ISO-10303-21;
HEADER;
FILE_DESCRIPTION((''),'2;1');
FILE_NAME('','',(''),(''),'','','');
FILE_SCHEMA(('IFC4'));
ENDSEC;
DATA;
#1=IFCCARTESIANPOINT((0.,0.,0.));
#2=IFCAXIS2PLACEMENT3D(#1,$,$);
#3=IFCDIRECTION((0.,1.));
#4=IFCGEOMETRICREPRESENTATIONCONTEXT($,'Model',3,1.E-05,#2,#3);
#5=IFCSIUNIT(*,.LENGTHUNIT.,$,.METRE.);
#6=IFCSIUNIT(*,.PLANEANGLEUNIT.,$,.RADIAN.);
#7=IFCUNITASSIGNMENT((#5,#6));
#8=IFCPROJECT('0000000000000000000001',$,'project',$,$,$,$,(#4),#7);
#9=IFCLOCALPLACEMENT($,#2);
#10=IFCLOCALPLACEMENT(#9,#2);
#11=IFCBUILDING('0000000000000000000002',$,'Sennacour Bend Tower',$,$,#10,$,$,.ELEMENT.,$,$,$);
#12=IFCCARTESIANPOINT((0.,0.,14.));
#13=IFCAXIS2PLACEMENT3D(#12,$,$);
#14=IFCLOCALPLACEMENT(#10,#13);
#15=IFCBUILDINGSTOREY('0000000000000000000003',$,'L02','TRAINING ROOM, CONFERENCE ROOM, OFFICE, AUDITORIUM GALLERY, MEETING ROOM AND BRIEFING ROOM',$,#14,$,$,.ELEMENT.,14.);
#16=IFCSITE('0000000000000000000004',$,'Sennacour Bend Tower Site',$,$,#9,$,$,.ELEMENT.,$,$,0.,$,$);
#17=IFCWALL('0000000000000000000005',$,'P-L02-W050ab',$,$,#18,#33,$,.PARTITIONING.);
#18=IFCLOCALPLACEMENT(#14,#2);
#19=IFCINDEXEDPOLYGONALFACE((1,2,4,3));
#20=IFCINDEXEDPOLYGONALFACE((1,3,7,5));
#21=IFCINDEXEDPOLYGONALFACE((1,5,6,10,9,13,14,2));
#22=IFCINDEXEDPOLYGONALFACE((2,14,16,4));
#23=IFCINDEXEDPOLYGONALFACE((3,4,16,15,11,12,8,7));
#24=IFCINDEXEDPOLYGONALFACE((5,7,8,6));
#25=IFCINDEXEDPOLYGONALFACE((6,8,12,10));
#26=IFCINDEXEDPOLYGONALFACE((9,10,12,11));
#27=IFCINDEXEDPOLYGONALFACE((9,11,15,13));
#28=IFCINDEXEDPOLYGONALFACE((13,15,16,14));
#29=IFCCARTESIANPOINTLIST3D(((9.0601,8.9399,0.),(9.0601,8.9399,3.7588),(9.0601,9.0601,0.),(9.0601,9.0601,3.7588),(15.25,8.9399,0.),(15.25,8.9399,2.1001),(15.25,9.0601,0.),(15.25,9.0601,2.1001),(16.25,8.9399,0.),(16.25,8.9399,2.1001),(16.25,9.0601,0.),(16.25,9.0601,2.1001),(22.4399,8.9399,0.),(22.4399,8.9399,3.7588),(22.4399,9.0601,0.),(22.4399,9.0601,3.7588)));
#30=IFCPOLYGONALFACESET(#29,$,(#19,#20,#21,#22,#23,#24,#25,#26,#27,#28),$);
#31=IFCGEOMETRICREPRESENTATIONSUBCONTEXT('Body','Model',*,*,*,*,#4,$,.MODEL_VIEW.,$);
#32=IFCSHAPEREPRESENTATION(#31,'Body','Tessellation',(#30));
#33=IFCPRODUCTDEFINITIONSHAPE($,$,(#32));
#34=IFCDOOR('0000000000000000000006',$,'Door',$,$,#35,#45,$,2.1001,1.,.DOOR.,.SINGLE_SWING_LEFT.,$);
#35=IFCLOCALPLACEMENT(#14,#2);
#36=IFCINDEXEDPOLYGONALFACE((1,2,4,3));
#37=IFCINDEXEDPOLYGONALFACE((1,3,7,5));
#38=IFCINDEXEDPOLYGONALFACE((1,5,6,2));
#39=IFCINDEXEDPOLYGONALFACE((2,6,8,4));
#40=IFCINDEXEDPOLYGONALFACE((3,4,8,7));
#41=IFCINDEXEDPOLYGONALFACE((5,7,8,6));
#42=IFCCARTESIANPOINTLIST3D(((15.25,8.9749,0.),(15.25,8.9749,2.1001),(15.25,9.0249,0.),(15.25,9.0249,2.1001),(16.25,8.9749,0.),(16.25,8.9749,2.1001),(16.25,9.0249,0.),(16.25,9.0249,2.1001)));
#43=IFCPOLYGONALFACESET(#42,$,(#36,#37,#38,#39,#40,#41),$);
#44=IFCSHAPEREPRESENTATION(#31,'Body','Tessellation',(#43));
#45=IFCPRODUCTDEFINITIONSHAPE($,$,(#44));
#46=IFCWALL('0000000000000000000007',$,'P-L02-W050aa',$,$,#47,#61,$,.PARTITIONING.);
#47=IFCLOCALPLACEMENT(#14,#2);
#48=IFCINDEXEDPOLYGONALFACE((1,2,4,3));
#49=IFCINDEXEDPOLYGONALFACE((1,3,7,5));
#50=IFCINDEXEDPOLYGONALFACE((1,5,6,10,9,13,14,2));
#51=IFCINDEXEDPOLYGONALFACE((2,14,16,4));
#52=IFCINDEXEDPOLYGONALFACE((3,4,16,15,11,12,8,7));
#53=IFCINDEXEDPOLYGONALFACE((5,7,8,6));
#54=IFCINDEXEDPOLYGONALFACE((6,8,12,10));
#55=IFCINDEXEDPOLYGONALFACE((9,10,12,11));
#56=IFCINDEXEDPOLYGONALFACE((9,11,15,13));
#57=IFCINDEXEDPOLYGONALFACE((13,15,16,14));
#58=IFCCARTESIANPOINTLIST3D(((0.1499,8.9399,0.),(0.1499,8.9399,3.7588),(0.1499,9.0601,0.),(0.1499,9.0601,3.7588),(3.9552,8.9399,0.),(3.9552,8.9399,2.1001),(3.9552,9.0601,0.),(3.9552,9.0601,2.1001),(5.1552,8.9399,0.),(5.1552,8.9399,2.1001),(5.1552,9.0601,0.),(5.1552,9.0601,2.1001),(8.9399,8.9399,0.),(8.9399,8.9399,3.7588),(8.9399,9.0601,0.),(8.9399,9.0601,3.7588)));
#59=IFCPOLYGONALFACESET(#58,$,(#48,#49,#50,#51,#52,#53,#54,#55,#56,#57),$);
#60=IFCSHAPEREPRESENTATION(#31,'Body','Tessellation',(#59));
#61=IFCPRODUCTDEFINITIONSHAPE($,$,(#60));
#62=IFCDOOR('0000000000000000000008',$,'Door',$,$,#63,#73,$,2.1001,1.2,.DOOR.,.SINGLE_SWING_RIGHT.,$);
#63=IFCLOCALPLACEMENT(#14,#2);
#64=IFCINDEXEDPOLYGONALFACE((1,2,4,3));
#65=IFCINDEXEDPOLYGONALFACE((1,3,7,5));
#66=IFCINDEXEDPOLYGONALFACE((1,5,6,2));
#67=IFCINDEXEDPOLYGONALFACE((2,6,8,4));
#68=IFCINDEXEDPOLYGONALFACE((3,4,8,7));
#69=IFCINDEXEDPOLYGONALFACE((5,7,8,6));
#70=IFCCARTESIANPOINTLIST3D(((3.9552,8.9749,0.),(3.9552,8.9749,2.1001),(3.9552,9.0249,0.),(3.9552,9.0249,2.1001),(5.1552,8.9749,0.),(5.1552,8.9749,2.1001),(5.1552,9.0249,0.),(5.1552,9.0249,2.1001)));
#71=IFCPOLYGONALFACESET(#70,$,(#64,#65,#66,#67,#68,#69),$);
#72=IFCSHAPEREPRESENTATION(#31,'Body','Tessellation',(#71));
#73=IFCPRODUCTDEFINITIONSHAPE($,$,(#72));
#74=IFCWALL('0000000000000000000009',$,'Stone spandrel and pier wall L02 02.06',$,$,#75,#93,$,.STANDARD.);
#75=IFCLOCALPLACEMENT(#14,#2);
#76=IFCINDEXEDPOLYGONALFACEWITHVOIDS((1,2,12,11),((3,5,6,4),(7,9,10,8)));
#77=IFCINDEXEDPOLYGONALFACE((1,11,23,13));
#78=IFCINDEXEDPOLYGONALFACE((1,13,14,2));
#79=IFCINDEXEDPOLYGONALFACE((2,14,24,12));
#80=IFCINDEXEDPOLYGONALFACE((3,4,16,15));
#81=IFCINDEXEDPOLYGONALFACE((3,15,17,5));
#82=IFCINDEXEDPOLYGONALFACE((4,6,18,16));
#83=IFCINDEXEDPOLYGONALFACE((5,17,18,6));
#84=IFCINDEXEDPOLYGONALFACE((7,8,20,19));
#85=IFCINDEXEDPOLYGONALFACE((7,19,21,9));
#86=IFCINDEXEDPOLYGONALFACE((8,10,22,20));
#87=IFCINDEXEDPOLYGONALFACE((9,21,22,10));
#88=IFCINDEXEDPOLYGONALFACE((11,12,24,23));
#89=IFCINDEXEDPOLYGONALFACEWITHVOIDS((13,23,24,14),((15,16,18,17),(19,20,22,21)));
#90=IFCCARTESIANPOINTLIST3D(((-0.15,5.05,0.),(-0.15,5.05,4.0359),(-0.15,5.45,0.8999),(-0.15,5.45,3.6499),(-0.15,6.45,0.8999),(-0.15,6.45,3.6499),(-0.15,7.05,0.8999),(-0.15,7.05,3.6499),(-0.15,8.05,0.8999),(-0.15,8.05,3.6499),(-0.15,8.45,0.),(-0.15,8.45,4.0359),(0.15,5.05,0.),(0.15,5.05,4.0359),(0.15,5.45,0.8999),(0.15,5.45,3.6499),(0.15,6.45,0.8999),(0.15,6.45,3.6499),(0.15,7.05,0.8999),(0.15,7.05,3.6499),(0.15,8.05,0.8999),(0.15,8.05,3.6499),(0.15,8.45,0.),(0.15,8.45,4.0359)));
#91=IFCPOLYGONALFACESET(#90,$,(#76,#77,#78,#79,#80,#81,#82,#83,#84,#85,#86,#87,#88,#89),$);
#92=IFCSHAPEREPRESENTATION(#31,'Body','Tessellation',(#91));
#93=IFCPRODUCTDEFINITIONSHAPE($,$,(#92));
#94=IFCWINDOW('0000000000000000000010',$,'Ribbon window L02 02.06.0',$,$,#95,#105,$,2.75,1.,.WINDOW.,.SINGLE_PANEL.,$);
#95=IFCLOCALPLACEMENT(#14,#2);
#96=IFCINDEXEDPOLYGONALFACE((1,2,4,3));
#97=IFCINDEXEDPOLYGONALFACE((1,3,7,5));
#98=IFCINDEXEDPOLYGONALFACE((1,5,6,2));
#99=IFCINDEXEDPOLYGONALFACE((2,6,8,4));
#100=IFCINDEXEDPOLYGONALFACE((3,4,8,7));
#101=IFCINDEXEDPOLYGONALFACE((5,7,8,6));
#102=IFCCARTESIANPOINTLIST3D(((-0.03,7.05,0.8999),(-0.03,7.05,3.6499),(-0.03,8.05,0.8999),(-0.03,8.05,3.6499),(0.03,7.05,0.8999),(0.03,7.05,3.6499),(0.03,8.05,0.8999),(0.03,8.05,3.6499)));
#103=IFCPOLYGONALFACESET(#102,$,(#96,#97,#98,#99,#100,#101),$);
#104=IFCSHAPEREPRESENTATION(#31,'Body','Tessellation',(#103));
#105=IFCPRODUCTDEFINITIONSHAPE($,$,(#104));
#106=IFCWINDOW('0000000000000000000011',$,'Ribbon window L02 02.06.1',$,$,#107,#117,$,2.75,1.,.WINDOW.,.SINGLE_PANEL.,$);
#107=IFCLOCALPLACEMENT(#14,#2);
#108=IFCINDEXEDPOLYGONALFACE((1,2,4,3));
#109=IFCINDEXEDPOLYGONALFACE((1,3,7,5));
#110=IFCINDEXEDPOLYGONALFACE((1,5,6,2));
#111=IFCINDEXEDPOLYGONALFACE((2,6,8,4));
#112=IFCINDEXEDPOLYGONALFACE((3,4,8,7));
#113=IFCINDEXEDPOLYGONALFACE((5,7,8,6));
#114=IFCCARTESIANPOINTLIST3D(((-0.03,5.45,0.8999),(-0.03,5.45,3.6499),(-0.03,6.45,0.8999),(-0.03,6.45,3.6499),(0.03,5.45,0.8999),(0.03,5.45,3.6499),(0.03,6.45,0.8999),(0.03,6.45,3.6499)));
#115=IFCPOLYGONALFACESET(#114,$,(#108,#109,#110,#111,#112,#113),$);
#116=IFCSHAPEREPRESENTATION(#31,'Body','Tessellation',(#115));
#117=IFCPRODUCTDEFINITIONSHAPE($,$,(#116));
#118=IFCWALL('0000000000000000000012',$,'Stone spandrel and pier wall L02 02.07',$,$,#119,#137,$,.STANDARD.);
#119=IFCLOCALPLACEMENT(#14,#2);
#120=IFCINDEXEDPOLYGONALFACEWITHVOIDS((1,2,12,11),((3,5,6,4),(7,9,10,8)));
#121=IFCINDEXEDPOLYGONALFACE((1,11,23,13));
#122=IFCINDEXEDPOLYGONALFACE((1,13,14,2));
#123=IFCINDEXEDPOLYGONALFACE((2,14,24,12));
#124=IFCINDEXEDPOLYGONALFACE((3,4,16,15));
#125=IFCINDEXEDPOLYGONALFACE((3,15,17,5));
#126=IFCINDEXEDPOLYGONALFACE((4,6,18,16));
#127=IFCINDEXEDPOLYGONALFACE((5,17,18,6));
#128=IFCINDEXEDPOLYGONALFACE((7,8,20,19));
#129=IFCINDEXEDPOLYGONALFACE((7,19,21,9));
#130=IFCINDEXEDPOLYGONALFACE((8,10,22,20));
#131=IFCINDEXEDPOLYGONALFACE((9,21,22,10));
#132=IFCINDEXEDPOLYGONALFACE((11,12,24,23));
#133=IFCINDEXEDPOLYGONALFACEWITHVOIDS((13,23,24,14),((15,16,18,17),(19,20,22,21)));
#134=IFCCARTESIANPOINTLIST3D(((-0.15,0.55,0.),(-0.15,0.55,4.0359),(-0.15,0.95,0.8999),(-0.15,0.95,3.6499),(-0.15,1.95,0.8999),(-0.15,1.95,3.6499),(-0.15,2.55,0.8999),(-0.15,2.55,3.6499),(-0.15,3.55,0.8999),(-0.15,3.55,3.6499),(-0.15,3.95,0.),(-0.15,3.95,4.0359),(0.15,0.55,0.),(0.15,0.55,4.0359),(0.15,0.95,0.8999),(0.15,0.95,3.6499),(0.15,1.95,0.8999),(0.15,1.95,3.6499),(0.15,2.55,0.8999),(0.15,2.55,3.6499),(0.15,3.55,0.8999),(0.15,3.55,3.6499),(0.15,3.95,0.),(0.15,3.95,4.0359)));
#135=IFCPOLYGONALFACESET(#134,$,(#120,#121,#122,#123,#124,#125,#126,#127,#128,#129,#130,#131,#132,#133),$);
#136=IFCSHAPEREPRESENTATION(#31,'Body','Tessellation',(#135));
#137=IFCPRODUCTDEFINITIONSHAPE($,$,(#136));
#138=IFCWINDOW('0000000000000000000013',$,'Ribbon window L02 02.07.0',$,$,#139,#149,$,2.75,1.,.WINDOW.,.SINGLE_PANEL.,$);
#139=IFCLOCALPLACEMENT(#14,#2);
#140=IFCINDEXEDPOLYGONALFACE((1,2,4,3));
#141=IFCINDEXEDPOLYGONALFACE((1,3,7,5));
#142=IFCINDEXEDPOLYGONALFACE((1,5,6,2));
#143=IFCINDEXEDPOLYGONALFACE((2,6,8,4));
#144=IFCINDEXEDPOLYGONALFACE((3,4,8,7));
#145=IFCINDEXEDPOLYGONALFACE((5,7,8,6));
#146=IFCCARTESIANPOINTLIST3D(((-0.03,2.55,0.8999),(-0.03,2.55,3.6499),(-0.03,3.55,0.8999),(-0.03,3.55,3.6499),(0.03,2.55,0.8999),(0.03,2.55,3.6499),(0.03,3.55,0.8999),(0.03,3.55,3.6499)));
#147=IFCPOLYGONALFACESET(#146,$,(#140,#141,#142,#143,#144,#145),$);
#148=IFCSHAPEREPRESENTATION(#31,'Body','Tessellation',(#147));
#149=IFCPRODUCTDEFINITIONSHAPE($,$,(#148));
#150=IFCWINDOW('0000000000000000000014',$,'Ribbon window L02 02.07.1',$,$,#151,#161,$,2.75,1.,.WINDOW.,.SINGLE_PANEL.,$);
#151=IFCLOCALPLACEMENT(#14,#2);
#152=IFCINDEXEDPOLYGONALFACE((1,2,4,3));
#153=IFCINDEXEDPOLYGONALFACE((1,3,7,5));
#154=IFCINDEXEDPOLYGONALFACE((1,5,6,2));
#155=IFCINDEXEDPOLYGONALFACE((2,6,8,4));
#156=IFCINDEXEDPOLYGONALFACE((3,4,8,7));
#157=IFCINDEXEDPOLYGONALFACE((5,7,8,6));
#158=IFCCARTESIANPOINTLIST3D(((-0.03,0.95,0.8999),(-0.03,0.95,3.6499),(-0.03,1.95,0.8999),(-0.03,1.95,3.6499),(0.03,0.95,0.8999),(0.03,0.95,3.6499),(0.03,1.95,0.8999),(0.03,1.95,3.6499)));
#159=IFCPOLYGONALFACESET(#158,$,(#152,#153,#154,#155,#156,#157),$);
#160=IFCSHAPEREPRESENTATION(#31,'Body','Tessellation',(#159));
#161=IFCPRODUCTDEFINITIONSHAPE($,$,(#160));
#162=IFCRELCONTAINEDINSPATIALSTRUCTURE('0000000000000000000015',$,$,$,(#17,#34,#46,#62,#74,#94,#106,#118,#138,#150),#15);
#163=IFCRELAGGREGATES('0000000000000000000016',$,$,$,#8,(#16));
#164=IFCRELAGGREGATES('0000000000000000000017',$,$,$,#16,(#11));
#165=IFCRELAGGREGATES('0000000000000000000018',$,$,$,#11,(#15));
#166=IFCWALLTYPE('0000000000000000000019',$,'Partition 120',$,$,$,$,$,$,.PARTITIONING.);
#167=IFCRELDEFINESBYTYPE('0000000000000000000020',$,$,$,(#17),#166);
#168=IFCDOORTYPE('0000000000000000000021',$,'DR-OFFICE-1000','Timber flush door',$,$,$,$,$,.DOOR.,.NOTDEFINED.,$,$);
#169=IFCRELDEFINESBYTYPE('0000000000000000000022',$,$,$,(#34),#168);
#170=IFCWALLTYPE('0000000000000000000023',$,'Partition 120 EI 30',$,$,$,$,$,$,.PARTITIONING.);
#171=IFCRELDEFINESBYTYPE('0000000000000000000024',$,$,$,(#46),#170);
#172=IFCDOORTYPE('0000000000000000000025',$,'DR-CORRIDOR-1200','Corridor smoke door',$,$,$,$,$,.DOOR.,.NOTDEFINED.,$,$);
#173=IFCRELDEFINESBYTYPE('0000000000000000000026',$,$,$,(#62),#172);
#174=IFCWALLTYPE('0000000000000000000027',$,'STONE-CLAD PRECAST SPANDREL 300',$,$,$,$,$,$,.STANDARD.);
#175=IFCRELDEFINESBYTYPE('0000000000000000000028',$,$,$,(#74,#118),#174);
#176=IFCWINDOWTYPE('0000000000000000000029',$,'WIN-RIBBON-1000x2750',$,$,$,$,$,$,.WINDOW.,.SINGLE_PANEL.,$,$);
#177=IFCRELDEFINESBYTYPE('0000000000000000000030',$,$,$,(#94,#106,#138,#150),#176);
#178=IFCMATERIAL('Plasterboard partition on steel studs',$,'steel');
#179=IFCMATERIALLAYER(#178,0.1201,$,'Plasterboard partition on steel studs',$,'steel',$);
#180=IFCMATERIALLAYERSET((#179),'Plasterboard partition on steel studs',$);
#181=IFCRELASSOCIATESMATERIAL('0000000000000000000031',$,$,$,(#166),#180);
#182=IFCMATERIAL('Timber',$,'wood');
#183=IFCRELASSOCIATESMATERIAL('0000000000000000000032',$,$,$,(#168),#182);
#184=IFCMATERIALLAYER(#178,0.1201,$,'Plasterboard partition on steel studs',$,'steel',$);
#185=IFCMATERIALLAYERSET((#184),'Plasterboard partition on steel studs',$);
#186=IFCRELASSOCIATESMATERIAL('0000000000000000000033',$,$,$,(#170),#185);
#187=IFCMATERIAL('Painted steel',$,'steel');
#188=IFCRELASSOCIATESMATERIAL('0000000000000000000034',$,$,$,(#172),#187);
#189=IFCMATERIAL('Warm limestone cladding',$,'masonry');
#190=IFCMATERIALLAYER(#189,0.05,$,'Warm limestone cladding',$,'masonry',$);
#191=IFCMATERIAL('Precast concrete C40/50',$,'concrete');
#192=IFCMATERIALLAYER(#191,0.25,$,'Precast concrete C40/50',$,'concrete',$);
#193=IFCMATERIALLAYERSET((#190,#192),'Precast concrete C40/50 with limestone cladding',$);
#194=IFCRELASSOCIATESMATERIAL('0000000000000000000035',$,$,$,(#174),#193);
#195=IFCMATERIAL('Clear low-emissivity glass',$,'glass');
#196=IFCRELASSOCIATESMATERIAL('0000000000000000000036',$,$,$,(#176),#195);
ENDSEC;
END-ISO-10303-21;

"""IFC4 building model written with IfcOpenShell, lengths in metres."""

from ifc_helpers import new_model, si_unit, direction, frame, frame_2d, origin, place, context, subcontext, project, spatial, rectangle, extrude, material, layer, layer_set, type_object, element, fill, save


model = new_model("IFC4")

# Units and contexts
model_context = context("Model", 3, precision=1e-05, world=origin(), true_north=direction((0.0, 1.0)))
body_context = subcontext(model_context, "Body", "Model", "MODEL_VIEW")
ifc_project = project(units=[si_unit("LENGTHUNIT", "METRE"), si_unit("PLANEANGLEUNIT", "RADIAN")], contexts=[model_context])

# Site, building, storey
site_placement = place(None, origin())
site = spatial("IfcSite", under=ifc_project, at=site_placement, Name="Sennacour Bend Tower Site", CompositionType="ELEMENT", RefElevation=0.0)
building_placement = place(site_placement, origin())
building = spatial("IfcBuilding", under=site, at=building_placement, Name="Sennacour Bend Tower", CompositionType="ELEMENT")
storey_placement = place(building_placement, frame((0.0, 0.0, 14.0)))
storey = spatial("IfcBuildingStorey", under=building, at=storey_placement, Name="L02", Description="TRAINING ROOM, CONFERENCE ROOM, OFFICE, AUDITORIUM GALLERY, MEETING ROOM AND BRIEFING ROOM", CompositionType="ELEMENT", Elevation=14.0)

# Shared definitions
ifc_material_1 = material(Name="Plasterboard partition on steel studs", Category="steel")
ifc_layer_1 = layer(ifc_material_1, 0.1201, Name="Plasterboard partition on steel studs", Category="steel")
ifc_layer_set_1 = layer_set([ifc_layer_1], Name="Plasterboard partition on steel studs")
wall_type_1 = type_object("IfcWallType", Name="Partition 120", PredefinedType="PARTITIONING", material=ifc_layer_set_1)

# Walls, openings, doors
wall_1_placement = place(storey_placement, frame((9.0601, 9.0, 0.0), z_axis=(0.0, 0.0, 1.0), x_axis=(1.0, 0.0, 0.0)))
wall_1 = element("IfcWall", 1, at=wall_1_placement, inside=storey, type_object=wall_type_1, Name="P-L02-W050ab", PredefinedType="PARTITIONING", context=body_context, shape_type="SweptSolid", body=[
    extrude(rectangle(XDim=13.3799, YDim=0.1201, at=frame_2d((6.6899, 0.0))), origin(), (0.0, 0.0, 1.0), 3.7588),
])
opening_1_placement = place(wall_1_placement, frame((6.1899, 0.0, 0.0)))
opening_1 = element("IfcOpeningElement", 2, at=opening_1_placement, cuts=wall_1, PredefinedType="OPENING", context=body_context, shape_type="SweptSolid", body=[
    extrude(rectangle(XDim=1.0, YDim=2.1001, at=frame_2d((0.5, 1.05))), frame((0.0, 0.0701, 0.0), z_axis=(0.0, -1.0, 0.0), x_axis=(1.0, 0.0, 0.0)), (0.0, 0.0, 1.0), 0.1401),
])
ifc_material_2 = material(Name="Timber", Category="wood")
door_type_1 = type_object("IfcDoorType", Name="DR-OFFICE-1000", Description="Timber flush door", OperationType="NOTDEFINED", PredefinedType="DOOR", material=ifc_material_2)
door_1_placement = place(opening_1_placement, origin())
door_1 = element("IfcDoor", 3, at=door_1_placement, inside=storey, type_object=door_type_1, Name="Door", OperationType="SINGLE_SWING_LEFT", OverallHeight=2.1001, OverallWidth=1.0, PredefinedType="DOOR", context=body_context, shape_type="SweptSolid", body=[
    extrude(rectangle(XDim=1.0, YDim=2.1001, at=frame_2d((0.5, 1.05))), frame((0.0, 0.0249, 0.0), z_axis=(0.0, -1.0, 0.0), x_axis=(1.0, 0.0, 0.0)), (0.0, 0.0, 1.0), 0.05),
])
fill(opening_1, door_1)
ifc_layer_2 = layer(ifc_material_1, 0.1201, Name="Plasterboard partition on steel studs", Category="steel")
ifc_layer_set_2 = layer_set([ifc_layer_2], Name="Plasterboard partition on steel studs")
wall_type_2 = type_object("IfcWallType", Name="Partition 120 EI 30", PredefinedType="PARTITIONING", material=ifc_layer_set_2)
wall_2_placement = place(storey_placement, frame((0.1499, 9.0, 0.0), z_axis=(0.0, 0.0, 1.0), x_axis=(1.0, 0.0, 0.0)))
wall_2 = element("IfcWall", 4, at=wall_2_placement, inside=storey, type_object=wall_type_2, Name="P-L02-W050aa", PredefinedType="PARTITIONING", context=body_context, shape_type="SweptSolid", body=[
    extrude(rectangle(XDim=8.79, YDim=0.1201, at=frame_2d((4.395, 0.0))), origin(), (0.0, 0.0, 1.0), 3.7588),
])
opening_2_placement = place(wall_2_placement, frame((3.8052, 0.0, 0.0)))
opening_2 = element("IfcOpeningElement", 5, at=opening_2_placement, cuts=wall_2, PredefinedType="OPENING", context=body_context, shape_type="SweptSolid", body=[
    extrude(rectangle(XDim=1.2, YDim=2.1001, at=frame_2d((0.6001, 1.05))), frame((0.0, 0.0701, 0.0), z_axis=(0.0, -1.0, 0.0), x_axis=(1.0, 0.0, 0.0)), (0.0, 0.0, 1.0), 0.1401),
])
ifc_material_3 = material(Name="Painted steel", Category="steel")
door_type_2 = type_object("IfcDoorType", Name="DR-CORRIDOR-1200", Description="Corridor smoke door", OperationType="NOTDEFINED", PredefinedType="DOOR", material=ifc_material_3)
door_2_placement = place(opening_2_placement, origin())
door_2 = element("IfcDoor", 6, at=door_2_placement, inside=storey, type_object=door_type_2, Name="Door", OperationType="SINGLE_SWING_RIGHT", OverallHeight=2.1001, OverallWidth=1.2, PredefinedType="DOOR", context=body_context, shape_type="SweptSolid", body=[
    extrude(rectangle(XDim=1.2, YDim=2.1001, at=frame_2d((0.6001, 1.05))), frame((0.0, 0.0249, 0.0), z_axis=(0.0, -1.0, 0.0), x_axis=(1.0, 0.0, 0.0)), (0.0, 0.0, 1.0), 0.05),
])
fill(opening_2, door_2)

# Walls, openings, windows
ifc_material_4 = material(Name="Warm limestone cladding", Category="masonry")
ifc_layer_3 = layer(ifc_material_4, 0.05, Name="Warm limestone cladding", Category="masonry")
ifc_material_5 = material(Name="Precast concrete C40/50", Category="concrete")
ifc_layer_4 = layer(ifc_material_5, 0.25, Name="Precast concrete C40/50", Category="concrete")
ifc_layer_set_3 = layer_set([ifc_layer_3, ifc_layer_4], Name="Precast concrete C40/50 with limestone cladding")
wall_type_3 = type_object("IfcWallType", Name="STONE-CLAD PRECAST SPANDREL 300", PredefinedType="STANDARD", material=ifc_layer_set_3)
wall_3_placement = place(storey_placement, frame((0.0, 8.45, 0.0), z_axis=(0.0, 0.0, 1.0), x_axis=(0.0, -1.0, 0.0)))
wall_3 = element("IfcWall", 7, at=wall_3_placement, inside=storey, type_object=wall_type_3, Name="Stone spandrel and pier wall L02 02.06", PredefinedType="STANDARD", context=body_context, shape_type="SweptSolid", body=[
    extrude(rectangle(XDim=3.3999, YDim=0.3, at=frame_2d((1.7, 0.0))), origin(), (0.0, 0.0, 1.0), 4.0359),
])
opening_3_placement = place(wall_3_placement, frame((0.3999, 0.0, 0.8999)))
opening_3 = element("IfcOpeningElement", 8, at=opening_3_placement, cuts=wall_3, PredefinedType="OPENING", context=body_context, shape_type="SweptSolid", body=[
    extrude(rectangle(XDim=1.0, YDim=2.75, at=frame_2d((0.5, 1.375))), frame((0.0, 0.1602, 0.0), z_axis=(0.0, -1.0, 0.0), x_axis=(1.0, 0.0, 0.0)), (0.0, 0.0, 1.0), 0.3201),
])
opening_4_placement = place(wall_3_placement, frame((2.0, 0.0, 0.8999)))
opening_4 = element("IfcOpeningElement", 9, at=opening_4_placement, cuts=wall_3, PredefinedType="OPENING", context=body_context, shape_type="SweptSolid", body=[
    extrude(rectangle(XDim=1.0, YDim=2.75, at=frame_2d((0.5, 1.375))), frame((0.0, 0.1602, 0.0), z_axis=(0.0, -1.0, 0.0), x_axis=(1.0, 0.0, 0.0)), (0.0, 0.0, 1.0), 0.3201),
])
ifc_material_6 = material(Name="Clear low-emissivity glass", Category="glass")
window_type = type_object("IfcWindowType", Name="WIN-RIBBON-1000x2750", PartitioningType="SINGLE_PANEL", PredefinedType="WINDOW", material=ifc_material_6)
window_1_placement = place(opening_3_placement, origin())
window_1 = element("IfcWindow", 10, at=window_1_placement, inside=storey, type_object=window_type, Name="Ribbon window L02 02.06.0", OverallHeight=2.75, OverallWidth=1.0, PartitioningType="SINGLE_PANEL", PredefinedType="WINDOW", context=body_context, shape_type="SweptSolid", body=[
    extrude(rectangle(XDim=1.0, YDim=2.75, at=frame_2d((0.5, 1.375))), frame((0.0, 0.03, 0.0), z_axis=(0.0, -1.0, 0.0), x_axis=(1.0, 0.0, 0.0)), (0.0, 0.0, 1.0), 0.0601),
])
fill(opening_3, window_1)
window_2_placement = place(opening_4_placement, origin())
window_2 = element("IfcWindow", 11, at=window_2_placement, inside=storey, type_object=window_type, Name="Ribbon window L02 02.06.1", OverallHeight=2.75, OverallWidth=1.0, PartitioningType="SINGLE_PANEL", PredefinedType="WINDOW", context=body_context, shape_type="SweptSolid", body=[
    extrude(rectangle(XDim=1.0, YDim=2.75, at=frame_2d((0.5, 1.375))), frame((0.0, 0.03, 0.0), z_axis=(0.0, -1.0, 0.0), x_axis=(1.0, 0.0, 0.0)), (0.0, 0.0, 1.0), 0.0601),
])
fill(opening_4, window_2)
wall_4_placement = place(storey_placement, frame((0.0, 3.95, 0.0), z_axis=(0.0, 0.0, 1.0), x_axis=(0.0, -1.0, 0.0)))
wall_4 = element("IfcWall", 12, at=wall_4_placement, inside=storey, type_object=wall_type_3, Name="Stone spandrel and pier wall L02 02.07", PredefinedType="STANDARD", context=body_context, shape_type="SweptSolid", body=[
    extrude(rectangle(XDim=3.3999, YDim=0.3, at=frame_2d((1.7, 0.0))), origin(), (0.0, 0.0, 1.0), 4.0359),
])
opening_5_placement = place(wall_4_placement, frame((0.3999, 0.0, 0.8999)))
opening_5 = element("IfcOpeningElement", 13, at=opening_5_placement, cuts=wall_4, PredefinedType="OPENING", context=body_context, shape_type="SweptSolid", body=[
    extrude(rectangle(XDim=1.0, YDim=2.75, at=frame_2d((0.5, 1.375))), frame((0.0, 0.1602, 0.0), z_axis=(0.0, -1.0, 0.0), x_axis=(1.0, 0.0, 0.0)), (0.0, 0.0, 1.0), 0.3201),
])
opening_6_placement = place(wall_4_placement, frame((2.0, 0.0, 0.8999)))
opening_6 = element("IfcOpeningElement", 14, at=opening_6_placement, cuts=wall_4, PredefinedType="OPENING", context=body_context, shape_type="SweptSolid", body=[
    extrude(rectangle(XDim=1.0, YDim=2.75, at=frame_2d((0.5, 1.375))), frame((0.0, 0.1602, 0.0), z_axis=(0.0, -1.0, 0.0), x_axis=(1.0, 0.0, 0.0)), (0.0, 0.0, 1.0), 0.3201),
])
window_3_placement = place(opening_5_placement, origin())
window_3 = element("IfcWindow", 15, at=window_3_placement, inside=storey, type_object=window_type, Name="Ribbon window L02 02.07.0", OverallHeight=2.75, OverallWidth=1.0, PartitioningType="SINGLE_PANEL", PredefinedType="WINDOW", context=body_context, shape_type="SweptSolid", body=[
    extrude(rectangle(XDim=1.0, YDim=2.75, at=frame_2d((0.5, 1.375))), frame((0.0, 0.03, 0.0), z_axis=(0.0, -1.0, 0.0), x_axis=(1.0, 0.0, 0.0)), (0.0, 0.0, 1.0), 0.0601),
])
fill(opening_5, window_3)
window_4_placement = place(opening_6_placement, origin())
window_4 = element("IfcWindow", 16, at=window_4_placement, inside=storey, type_object=window_type, Name="Ribbon window L02 02.07.1", OverallHeight=2.75, OverallWidth=1.0, PartitioningType="SINGLE_PANEL", PredefinedType="WINDOW", context=body_context, shape_type="SweptSolid", body=[
    extrude(rectangle(XDim=1.0, YDim=2.75, at=frame_2d((0.5, 1.375))), frame((0.0, 0.03, 0.0), z_axis=(0.0, -1.0, 0.0), x_axis=(1.0, 0.0, 0.0)), (0.0, 0.0, 1.0), 0.0601),
])
fill(opening_6, window_4)

save(model, "model.ifc")
